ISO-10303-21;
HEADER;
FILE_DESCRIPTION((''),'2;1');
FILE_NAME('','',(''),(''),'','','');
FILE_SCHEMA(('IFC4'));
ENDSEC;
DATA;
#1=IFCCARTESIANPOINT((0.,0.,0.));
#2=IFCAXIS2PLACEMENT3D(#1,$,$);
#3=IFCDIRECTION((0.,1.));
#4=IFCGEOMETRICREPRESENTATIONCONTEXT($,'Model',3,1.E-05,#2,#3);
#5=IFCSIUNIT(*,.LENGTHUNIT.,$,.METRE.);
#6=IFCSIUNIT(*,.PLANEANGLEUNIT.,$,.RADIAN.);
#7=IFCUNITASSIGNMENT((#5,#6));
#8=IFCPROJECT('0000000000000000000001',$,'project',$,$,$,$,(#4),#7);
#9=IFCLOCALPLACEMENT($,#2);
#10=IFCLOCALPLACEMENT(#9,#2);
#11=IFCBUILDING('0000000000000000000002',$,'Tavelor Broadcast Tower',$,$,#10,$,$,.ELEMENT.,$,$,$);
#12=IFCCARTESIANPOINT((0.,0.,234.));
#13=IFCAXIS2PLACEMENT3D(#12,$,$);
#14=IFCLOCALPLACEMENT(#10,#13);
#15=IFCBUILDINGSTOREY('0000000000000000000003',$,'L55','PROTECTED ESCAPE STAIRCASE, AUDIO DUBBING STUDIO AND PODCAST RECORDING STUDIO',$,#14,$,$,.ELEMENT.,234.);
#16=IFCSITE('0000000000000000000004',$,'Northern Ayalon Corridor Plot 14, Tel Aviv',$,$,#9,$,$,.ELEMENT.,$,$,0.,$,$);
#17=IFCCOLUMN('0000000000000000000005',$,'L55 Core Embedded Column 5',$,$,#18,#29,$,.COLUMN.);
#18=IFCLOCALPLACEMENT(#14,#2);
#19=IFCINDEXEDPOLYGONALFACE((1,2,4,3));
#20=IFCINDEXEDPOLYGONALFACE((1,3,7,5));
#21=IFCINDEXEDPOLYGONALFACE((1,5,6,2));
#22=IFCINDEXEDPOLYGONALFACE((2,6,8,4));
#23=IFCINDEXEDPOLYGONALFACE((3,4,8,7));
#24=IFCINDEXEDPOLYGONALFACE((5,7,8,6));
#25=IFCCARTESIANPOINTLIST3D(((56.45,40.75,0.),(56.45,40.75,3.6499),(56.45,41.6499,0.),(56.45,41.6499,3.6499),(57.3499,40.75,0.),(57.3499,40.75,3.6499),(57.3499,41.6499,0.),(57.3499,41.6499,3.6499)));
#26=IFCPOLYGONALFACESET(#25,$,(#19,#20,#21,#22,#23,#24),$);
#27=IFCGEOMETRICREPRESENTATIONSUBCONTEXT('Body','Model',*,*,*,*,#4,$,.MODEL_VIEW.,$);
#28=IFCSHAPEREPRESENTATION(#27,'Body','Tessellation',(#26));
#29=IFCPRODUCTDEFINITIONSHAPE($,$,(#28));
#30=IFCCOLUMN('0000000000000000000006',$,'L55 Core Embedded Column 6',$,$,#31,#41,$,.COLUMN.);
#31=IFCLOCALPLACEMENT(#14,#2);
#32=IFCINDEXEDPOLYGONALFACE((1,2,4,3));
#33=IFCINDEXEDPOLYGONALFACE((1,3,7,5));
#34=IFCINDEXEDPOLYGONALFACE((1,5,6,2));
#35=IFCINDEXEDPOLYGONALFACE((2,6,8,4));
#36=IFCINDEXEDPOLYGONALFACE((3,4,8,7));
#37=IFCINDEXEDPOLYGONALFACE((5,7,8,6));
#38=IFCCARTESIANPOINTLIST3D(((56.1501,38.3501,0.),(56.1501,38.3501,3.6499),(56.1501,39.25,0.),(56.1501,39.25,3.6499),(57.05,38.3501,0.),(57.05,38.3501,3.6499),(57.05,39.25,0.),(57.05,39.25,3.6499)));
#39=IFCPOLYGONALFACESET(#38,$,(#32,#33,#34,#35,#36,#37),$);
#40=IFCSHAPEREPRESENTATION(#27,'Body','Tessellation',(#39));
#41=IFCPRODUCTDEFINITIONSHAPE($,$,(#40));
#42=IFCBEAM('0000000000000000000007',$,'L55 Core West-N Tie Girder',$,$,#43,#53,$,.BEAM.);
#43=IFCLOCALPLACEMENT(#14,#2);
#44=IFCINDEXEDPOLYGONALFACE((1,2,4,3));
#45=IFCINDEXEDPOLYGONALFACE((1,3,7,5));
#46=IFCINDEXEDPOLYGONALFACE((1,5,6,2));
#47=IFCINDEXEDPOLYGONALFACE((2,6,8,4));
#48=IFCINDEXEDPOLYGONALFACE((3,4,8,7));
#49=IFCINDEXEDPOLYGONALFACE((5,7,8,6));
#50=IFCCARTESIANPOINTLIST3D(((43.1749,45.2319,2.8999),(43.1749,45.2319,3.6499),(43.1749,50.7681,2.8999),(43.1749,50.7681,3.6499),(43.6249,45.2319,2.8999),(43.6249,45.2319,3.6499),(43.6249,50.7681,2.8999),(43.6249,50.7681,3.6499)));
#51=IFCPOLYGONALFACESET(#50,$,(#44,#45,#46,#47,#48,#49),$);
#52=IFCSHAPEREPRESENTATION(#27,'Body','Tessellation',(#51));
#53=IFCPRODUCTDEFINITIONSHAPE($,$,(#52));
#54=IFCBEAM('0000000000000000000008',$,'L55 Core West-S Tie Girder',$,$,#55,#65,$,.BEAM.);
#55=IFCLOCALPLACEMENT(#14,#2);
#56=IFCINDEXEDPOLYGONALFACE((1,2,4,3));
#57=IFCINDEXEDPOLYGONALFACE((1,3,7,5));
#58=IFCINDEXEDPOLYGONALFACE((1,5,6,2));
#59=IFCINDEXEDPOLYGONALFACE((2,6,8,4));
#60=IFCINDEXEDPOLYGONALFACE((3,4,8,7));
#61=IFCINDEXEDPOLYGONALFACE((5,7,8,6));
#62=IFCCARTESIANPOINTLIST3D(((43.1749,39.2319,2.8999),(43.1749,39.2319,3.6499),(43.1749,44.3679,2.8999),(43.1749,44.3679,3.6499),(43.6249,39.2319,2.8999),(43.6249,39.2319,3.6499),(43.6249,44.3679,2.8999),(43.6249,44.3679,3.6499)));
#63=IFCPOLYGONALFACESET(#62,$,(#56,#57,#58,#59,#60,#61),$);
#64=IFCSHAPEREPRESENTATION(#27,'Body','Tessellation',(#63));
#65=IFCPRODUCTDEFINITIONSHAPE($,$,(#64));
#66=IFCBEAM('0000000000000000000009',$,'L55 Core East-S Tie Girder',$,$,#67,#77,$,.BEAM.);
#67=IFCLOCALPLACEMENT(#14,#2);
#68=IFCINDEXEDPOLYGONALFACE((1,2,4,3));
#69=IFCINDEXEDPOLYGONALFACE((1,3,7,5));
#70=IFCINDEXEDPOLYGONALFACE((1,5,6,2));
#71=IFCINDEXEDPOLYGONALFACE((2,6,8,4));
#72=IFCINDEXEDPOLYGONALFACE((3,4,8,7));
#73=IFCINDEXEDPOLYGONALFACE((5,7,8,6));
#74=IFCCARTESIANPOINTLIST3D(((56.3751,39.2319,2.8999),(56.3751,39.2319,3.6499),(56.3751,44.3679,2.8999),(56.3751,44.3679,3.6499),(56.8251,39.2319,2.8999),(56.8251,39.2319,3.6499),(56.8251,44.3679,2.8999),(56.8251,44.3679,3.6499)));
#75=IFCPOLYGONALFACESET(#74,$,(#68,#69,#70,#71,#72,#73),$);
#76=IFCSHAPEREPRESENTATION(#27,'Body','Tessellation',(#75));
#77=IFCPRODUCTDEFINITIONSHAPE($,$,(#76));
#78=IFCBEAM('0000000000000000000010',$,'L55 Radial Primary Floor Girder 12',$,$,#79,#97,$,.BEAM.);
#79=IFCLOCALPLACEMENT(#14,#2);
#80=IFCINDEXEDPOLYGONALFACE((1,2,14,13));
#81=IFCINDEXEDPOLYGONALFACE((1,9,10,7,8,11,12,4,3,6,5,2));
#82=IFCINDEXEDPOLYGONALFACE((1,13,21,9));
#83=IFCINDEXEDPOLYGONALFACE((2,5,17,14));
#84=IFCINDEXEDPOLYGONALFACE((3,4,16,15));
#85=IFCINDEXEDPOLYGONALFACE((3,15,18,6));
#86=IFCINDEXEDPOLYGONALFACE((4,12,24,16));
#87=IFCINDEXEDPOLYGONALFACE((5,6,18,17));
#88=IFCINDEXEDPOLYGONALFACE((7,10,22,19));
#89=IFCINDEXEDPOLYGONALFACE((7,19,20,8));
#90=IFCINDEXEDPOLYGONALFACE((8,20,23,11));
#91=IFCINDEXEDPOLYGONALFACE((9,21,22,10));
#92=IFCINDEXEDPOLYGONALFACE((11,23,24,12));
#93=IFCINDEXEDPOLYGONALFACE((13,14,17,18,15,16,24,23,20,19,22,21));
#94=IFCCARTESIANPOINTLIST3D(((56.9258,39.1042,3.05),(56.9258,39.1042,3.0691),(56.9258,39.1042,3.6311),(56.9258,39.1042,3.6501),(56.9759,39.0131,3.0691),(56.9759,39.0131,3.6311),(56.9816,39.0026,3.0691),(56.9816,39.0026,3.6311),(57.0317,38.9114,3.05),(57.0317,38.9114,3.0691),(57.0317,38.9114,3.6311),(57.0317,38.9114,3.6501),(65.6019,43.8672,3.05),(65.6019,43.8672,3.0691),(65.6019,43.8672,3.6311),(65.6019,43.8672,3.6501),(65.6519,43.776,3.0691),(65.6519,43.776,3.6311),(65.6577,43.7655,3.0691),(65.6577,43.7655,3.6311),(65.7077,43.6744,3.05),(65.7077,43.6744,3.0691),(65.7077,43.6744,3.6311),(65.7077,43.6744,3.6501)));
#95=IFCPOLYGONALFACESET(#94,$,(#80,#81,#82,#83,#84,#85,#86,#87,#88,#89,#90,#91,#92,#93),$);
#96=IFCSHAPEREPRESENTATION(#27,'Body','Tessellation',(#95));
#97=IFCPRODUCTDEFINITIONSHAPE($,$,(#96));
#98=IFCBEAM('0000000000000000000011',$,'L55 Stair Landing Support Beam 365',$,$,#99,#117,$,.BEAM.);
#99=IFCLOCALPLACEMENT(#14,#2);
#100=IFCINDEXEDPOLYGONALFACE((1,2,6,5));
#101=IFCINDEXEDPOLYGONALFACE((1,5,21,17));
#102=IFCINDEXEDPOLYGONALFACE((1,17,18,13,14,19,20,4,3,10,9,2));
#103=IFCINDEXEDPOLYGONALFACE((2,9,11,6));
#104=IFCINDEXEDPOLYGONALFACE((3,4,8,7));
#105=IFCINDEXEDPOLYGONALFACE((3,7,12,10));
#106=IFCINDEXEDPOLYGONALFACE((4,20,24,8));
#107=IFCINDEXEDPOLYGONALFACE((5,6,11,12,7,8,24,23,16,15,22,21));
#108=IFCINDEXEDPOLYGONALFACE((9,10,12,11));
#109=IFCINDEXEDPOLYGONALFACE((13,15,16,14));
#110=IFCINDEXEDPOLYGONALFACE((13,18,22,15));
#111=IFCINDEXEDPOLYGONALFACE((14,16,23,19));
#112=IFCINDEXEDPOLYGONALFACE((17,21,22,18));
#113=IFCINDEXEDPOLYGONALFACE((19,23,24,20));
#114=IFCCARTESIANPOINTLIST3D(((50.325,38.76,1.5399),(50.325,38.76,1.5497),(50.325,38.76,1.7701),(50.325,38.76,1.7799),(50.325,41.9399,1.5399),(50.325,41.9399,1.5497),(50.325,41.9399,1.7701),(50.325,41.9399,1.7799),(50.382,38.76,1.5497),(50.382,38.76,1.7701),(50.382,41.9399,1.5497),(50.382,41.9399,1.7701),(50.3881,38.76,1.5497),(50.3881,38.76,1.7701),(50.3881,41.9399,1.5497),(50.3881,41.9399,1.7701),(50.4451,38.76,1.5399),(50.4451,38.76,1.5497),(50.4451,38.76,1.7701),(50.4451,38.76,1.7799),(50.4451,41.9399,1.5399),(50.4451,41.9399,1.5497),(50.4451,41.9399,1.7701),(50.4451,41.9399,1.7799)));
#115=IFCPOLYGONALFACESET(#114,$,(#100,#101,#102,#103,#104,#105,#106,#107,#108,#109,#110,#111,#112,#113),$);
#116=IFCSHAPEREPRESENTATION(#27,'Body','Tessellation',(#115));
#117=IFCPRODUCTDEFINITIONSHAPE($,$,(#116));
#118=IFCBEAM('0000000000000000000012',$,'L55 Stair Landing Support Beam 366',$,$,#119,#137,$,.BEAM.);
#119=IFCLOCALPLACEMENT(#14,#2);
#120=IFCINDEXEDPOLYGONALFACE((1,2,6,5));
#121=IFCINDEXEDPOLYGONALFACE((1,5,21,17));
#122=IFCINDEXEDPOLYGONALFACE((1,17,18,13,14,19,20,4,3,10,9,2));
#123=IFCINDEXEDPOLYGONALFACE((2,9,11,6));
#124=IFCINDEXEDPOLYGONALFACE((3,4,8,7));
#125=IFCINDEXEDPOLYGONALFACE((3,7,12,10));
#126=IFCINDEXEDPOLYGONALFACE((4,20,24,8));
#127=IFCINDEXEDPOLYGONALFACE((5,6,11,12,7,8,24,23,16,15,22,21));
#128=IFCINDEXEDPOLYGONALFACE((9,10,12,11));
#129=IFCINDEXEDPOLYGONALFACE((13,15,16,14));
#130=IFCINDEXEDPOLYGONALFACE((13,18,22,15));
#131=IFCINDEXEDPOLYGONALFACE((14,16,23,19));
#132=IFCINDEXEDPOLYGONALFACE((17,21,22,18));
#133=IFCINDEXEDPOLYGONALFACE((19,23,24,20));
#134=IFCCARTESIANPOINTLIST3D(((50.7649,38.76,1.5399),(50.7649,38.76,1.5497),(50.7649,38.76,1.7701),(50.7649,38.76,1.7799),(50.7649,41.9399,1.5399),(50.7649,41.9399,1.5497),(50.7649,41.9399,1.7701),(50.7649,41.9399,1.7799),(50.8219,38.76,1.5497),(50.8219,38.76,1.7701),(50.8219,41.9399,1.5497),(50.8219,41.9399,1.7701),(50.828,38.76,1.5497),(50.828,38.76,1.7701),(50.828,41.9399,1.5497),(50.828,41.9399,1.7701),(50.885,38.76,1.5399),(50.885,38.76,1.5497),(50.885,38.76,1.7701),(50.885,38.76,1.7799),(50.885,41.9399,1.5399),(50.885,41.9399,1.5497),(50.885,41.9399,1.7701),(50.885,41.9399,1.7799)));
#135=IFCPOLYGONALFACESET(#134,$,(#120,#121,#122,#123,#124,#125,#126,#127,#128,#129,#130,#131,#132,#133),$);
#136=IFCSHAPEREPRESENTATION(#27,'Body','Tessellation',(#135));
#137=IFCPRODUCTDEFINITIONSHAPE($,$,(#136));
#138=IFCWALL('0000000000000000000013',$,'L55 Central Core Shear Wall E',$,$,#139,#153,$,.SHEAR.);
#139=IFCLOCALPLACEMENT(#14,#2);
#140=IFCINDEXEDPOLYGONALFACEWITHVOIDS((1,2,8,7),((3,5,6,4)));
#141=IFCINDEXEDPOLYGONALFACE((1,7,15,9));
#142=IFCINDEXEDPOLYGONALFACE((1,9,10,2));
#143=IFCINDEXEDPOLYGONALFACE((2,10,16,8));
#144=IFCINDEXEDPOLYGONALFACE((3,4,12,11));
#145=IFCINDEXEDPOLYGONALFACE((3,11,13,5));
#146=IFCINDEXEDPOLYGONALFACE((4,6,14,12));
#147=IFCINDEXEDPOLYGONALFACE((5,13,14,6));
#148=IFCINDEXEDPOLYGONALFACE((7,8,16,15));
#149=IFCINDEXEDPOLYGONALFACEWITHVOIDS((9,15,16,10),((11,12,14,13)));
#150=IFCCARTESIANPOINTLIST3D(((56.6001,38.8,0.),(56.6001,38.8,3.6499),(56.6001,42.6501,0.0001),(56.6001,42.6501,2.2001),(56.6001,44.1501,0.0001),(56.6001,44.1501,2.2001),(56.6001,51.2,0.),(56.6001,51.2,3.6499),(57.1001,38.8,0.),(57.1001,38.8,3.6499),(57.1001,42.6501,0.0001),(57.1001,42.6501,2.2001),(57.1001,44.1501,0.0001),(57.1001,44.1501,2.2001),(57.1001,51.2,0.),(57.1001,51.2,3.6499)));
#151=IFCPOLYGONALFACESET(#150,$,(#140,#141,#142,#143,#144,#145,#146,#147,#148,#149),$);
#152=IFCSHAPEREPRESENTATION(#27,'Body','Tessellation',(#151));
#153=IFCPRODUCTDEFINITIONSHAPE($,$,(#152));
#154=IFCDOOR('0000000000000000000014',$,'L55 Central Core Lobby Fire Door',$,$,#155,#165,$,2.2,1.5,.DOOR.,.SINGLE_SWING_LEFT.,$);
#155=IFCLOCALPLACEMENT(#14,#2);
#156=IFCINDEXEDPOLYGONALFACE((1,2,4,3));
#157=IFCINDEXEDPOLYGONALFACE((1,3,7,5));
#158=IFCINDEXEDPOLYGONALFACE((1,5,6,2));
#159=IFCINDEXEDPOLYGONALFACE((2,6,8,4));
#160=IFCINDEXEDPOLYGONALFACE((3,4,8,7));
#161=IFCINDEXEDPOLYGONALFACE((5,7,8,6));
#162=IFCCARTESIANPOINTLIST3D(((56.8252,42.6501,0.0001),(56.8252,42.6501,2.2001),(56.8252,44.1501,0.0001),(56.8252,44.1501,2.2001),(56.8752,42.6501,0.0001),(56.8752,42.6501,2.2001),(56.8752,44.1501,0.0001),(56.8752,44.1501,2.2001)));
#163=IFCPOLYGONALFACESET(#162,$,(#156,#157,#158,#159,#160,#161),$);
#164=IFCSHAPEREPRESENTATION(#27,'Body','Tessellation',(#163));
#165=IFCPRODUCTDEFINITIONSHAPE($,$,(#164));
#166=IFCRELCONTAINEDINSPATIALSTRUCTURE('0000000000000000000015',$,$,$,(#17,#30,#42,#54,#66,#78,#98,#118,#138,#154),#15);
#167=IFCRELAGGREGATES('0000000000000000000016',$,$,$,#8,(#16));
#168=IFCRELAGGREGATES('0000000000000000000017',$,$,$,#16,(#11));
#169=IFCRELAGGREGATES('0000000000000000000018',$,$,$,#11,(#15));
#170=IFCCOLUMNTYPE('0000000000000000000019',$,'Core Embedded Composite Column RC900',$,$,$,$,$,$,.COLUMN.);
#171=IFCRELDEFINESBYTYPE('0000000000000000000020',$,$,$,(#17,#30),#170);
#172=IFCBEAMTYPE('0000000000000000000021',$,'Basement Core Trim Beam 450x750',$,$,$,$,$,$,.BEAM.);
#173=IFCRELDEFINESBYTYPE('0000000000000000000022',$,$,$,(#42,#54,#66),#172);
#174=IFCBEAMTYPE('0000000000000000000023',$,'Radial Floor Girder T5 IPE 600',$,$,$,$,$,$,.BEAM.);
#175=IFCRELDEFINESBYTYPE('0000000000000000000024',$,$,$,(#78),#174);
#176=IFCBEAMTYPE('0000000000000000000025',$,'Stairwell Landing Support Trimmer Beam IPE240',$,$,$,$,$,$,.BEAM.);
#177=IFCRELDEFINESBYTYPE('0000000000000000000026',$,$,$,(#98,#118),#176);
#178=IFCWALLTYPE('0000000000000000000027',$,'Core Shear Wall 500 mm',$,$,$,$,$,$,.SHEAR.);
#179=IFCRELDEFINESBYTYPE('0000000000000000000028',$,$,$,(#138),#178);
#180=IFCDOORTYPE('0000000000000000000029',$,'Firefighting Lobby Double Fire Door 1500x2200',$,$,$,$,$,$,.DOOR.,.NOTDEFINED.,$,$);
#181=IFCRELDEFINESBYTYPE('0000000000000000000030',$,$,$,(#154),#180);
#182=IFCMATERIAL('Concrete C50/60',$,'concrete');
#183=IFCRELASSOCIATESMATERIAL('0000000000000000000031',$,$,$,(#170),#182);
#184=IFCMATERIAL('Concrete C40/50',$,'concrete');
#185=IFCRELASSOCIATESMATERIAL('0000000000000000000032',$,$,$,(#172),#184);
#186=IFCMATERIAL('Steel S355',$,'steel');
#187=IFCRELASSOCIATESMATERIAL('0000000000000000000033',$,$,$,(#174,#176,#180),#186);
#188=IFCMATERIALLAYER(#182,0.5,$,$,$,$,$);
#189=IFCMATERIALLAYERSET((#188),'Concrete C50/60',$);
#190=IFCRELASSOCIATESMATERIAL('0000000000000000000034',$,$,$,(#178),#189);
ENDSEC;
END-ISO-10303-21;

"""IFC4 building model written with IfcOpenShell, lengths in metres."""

from ifc_helpers import new_model, si_unit, direction, frame, frame_2d, origin, origin_2d, place, context, subcontext, project, spatial, rectangle, i_section, extrude, material, layer, layer_set, material_profile, profile_set, type_object, element, fill, save


model = new_model("IFC4")

# Units and contexts
model_context = context("Model", 3, precision=1e-05, world=origin(), true_north=direction((0.0, 1.0)))
body_context = subcontext(model_context, "Body", "Model", "MODEL_VIEW")
ifc_project = project(units=[si_unit("LENGTHUNIT", "METRE"), si_unit("PLANEANGLEUNIT", "RADIAN")], contexts=[model_context])

# Site, building, storey
site_placement = place(None, origin())
site = spatial("IfcSite", under=ifc_project, at=site_placement, Name="Northern Ayalon Corridor Plot 14, Tel Aviv", CompositionType="ELEMENT", RefElevation=0.0)
building_placement = place(site_placement, origin())
building = spatial("IfcBuilding", under=site, at=building_placement, Name="Tavelor Broadcast Tower", CompositionType="ELEMENT")
storey_placement = place(building_placement, frame((0.0, 0.0, 234.0)))
storey = spatial("IfcBuildingStorey", under=building, at=storey_placement, Name="L55", Description="PROTECTED ESCAPE STAIRCASE, AUDIO DUBBING STUDIO AND PODCAST RECORDING STUDIO", CompositionType="ELEMENT", Elevation=234.0)

# Columns
ifc_material_1 = material(Name="Concrete C50/60", Category="concrete")
ifc_material_profile_1 = material_profile(ifc_material_1, rectangle(XDim=0.8999, YDim=0.8999, at=origin_2d()), Name="RC 900x900")
ifc_profile_set_1 = profile_set([ifc_material_profile_1], Name="Concrete C50/60")
column_type = type_object("IfcColumnType", Name="Core Embedded Composite Column RC900", PredefinedType="COLUMN", material=ifc_profile_set_1)
for number, where, z_axis, x_axis, name in (
    (1, (56.8999, 41.2, 0.0), (0.0, 0.0, 1.0), (1.0, 0.0, 0.0), "L55 Core Embedded Column 5"),
    (2, (56.6001, 38.8, 0.0), (0.0, 0.0, 1.0), (1.0, 0.0, 0.0), "L55 Core Embedded Column 6"),
):
    element("IfcColumn", number, at=place(storey_placement, frame(where, z_axis=z_axis, x_axis=x_axis)), inside=storey, type_object=column_type, Name=name, PredefinedType="COLUMN", context=body_context, shape_type="SweptSolid", body=[
        extrude(rectangle(XDim=0.8999, YDim=0.8999, at=origin_2d()), origin(), (0.0, 0.0, 1.0), 3.6499),
    ])

# Beams
ifc_material_2 = material(Name="Concrete C40/50", Category="concrete")
ifc_material_profile_2 = material_profile(ifc_material_2, rectangle(XDim=0.45, YDim=0.75, at=origin_2d()), Name="RC 450x750")
ifc_profile_set_2 = profile_set([ifc_material_profile_2], Name="Concrete C40/50")
beam_type_1 = type_object("IfcBeamType", Name="Basement Core Trim Beam 450x750", PredefinedType="BEAM", material=ifc_profile_set_2)
beam_1_placement = place(storey_placement, frame((43.3999, 45.2319, 3.2749), z_axis=(0.0, 1.0, 0.0), x_axis=(-1.0, 0.0, 0.0)))
element("IfcBeam", 3, at=beam_1_placement, inside=storey, type_object=beam_type_1, Name="L55 Core West-N Tie Girder", PredefinedType="BEAM", context=body_context, shape_type="SweptSolid", body=[
    extrude(rectangle(XDim=0.45, YDim=0.75, at=origin_2d()), origin(), (0.0, 0.0, 1.0), 5.5361),
])
for number, where, z_axis, x_axis, name in (
    (4, (43.3999, 39.2319, 3.2749), (0.0, 1.0, 0.0), (-1.0, 0.0, 0.0), "L55 Core West-S Tie Girder"),
    (5, (56.6001, 39.2319, 3.2749), (0.0, 1.0, 0.0), (-1.0, 0.0, 0.0), "L55 Core East-S Tie Girder"),
):
    element("IfcBeam", number, at=place(storey_placement, frame(where, z_axis=z_axis, x_axis=x_axis)), inside=storey, type_object=beam_type_1, Name=name, PredefinedType="BEAM", context=body_context, shape_type="SweptSolid", body=[
        extrude(rectangle(XDim=0.45, YDim=0.75, at=origin_2d()), origin(), (0.0, 0.0, 1.0), 5.136),
    ])
ifc_material_3 = material(Name="Steel S355", Category="steel")
ifc_material_profile_3 = material_profile(ifc_material_3, i_section(OverallWidth=0.22, OverallDepth=0.6001, WebThickness=0.012, FlangeThickness=0.019, at=origin_2d()), Name="IPE 600")
ifc_profile_set_3 = profile_set([ifc_material_profile_3], Name="Steel S355")
beam_type_2 = type_object("IfcBeamType", Name="Radial Floor Girder T5 IPE 600", PredefinedType="BEAM", material=ifc_profile_set_3)
beam_2_placement = place(storey_placement, frame((56.9788, 39.0078, 3.3501), z_axis=(0.876594, 0.48123, 0.0), x_axis=(-0.48123, 0.876594, 0.0)))
element("IfcBeam", 6, at=beam_2_placement, inside=storey, type_object=beam_type_2, Name="L55 Radial Primary Floor Girder 12", PredefinedType="BEAM", context=body_context, shape_type="SweptSolid", body=[
    extrude(i_section(OverallWidth=0.22, OverallDepth=0.6001, WebThickness=0.012, FlangeThickness=0.019, at=origin_2d()), origin(), (0.0, 0.0, 1.0), 9.8975),
])
ifc_material_profile_4 = material_profile(ifc_material_3, i_section(OverallWidth=0.1201, OverallDepth=0.24, WebThickness=0.0061, FlangeThickness=0.0098, at=origin_2d()), Name="IPE 240")
ifc_profile_set_4 = profile_set([ifc_material_profile_4], Name="Steel S355")
beam_type_3 = type_object("IfcBeamType", Name="Stairwell Landing Support Trimmer Beam IPE240", PredefinedType="BEAM", material=ifc_profile_set_4)
for number, where, z_axis, x_axis, name in (
    (7, (50.385, 38.76, 1.6599), (0.0, 1.0, 0.0), (-1.0, 0.0, 0.0), "L55 Stair Landing Support Beam 365"),
    (8, (50.825, 38.76, 1.6599), (0.0, 1.0, 0.0), (-1.0, 0.0, 0.0), "L55 Stair Landing Support Beam 366"),
):
    element("IfcBeam", number, at=place(storey_placement, frame(where, z_axis=z_axis, x_axis=x_axis)), inside=storey, type_object=beam_type_3, Name=name, PredefinedType="BEAM", context=body_context, shape_type="SweptSolid", body=[
        extrude(i_section(OverallWidth=0.1201, OverallDepth=0.24, WebThickness=0.0061, FlangeThickness=0.0098, at=origin_2d()), origin(), (0.0, 0.0, 1.0), 3.1799),
    ])

# Wall, opening, door
ifc_layer_1 = layer(ifc_material_1, 0.5)
ifc_layer_set_1 = layer_set([ifc_layer_1], Name="Concrete C50/60")
wall_type_1 = type_object("IfcWallType", Name="Core Shear Wall 500 mm", PredefinedType="SHEAR", material=ifc_layer_set_1)
wall_1_placement = place(storey_placement, frame((56.8501, 38.8, 0.0), z_axis=(0.0, 0.0, 1.0), x_axis=(0.0, 1.0, 0.0)))
wall_1 = element("IfcWall", 9, at=wall_1_placement, inside=storey, type_object=wall_type_1, Name="L55 Central Core Shear Wall E", PredefinedType="SHEAR", context=body_context, shape_type="SweptSolid", body=[
    extrude(rectangle(XDim=12.3999, YDim=0.5, at=frame_2d((6.2, 0.0))), origin(), (0.0, 0.0, 1.0), 3.6499),
])
opening_1_placement = place(wall_1_placement, frame((3.8501, 0.0, 0.0)))
opening_1 = element("IfcOpeningElement", 10, at=opening_1_placement, cuts=wall_1, PredefinedType="OPENING", context=body_context, shape_type="SweptSolid", body=[
    extrude(rectangle(XDim=1.5, YDim=2.2, at=frame_2d((0.75, 1.1001))), frame((0.0, 0.26, 0.0), z_axis=(0.0, -1.0, 0.0), x_axis=(1.0, 0.0, 0.0)), (0.0, 0.0, 1.0), 0.52),
])
door_type_1 = type_object("IfcDoorType", Name="Firefighting Lobby Double Fire Door 1500x2200", OperationType="NOTDEFINED", PredefinedType="DOOR", material=ifc_material_3)
door_1_placement = place(opening_1_placement, origin())
door_1 = element("IfcDoor", 11, at=door_1_placement, inside=storey, type_object=door_type_1, Name="L55 Central Core Lobby Fire Door", OperationType="SINGLE_SWING_LEFT", OverallHeight=2.2, OverallWidth=1.5, PredefinedType="DOOR", context=body_context, shape_type="SweptSolid", body=[
    extrude(rectangle(XDim=1.5, YDim=2.2, at=frame_2d((0.75, 1.1001))), frame((0.0, 0.0249, 0.0), z_axis=(0.0, -1.0, 0.0), x_axis=(1.0, 0.0, 0.0)), (0.0, 0.0, 1.0), 0.05),
])
fill(opening_1, door_1)

save(model, "model.ifc")
